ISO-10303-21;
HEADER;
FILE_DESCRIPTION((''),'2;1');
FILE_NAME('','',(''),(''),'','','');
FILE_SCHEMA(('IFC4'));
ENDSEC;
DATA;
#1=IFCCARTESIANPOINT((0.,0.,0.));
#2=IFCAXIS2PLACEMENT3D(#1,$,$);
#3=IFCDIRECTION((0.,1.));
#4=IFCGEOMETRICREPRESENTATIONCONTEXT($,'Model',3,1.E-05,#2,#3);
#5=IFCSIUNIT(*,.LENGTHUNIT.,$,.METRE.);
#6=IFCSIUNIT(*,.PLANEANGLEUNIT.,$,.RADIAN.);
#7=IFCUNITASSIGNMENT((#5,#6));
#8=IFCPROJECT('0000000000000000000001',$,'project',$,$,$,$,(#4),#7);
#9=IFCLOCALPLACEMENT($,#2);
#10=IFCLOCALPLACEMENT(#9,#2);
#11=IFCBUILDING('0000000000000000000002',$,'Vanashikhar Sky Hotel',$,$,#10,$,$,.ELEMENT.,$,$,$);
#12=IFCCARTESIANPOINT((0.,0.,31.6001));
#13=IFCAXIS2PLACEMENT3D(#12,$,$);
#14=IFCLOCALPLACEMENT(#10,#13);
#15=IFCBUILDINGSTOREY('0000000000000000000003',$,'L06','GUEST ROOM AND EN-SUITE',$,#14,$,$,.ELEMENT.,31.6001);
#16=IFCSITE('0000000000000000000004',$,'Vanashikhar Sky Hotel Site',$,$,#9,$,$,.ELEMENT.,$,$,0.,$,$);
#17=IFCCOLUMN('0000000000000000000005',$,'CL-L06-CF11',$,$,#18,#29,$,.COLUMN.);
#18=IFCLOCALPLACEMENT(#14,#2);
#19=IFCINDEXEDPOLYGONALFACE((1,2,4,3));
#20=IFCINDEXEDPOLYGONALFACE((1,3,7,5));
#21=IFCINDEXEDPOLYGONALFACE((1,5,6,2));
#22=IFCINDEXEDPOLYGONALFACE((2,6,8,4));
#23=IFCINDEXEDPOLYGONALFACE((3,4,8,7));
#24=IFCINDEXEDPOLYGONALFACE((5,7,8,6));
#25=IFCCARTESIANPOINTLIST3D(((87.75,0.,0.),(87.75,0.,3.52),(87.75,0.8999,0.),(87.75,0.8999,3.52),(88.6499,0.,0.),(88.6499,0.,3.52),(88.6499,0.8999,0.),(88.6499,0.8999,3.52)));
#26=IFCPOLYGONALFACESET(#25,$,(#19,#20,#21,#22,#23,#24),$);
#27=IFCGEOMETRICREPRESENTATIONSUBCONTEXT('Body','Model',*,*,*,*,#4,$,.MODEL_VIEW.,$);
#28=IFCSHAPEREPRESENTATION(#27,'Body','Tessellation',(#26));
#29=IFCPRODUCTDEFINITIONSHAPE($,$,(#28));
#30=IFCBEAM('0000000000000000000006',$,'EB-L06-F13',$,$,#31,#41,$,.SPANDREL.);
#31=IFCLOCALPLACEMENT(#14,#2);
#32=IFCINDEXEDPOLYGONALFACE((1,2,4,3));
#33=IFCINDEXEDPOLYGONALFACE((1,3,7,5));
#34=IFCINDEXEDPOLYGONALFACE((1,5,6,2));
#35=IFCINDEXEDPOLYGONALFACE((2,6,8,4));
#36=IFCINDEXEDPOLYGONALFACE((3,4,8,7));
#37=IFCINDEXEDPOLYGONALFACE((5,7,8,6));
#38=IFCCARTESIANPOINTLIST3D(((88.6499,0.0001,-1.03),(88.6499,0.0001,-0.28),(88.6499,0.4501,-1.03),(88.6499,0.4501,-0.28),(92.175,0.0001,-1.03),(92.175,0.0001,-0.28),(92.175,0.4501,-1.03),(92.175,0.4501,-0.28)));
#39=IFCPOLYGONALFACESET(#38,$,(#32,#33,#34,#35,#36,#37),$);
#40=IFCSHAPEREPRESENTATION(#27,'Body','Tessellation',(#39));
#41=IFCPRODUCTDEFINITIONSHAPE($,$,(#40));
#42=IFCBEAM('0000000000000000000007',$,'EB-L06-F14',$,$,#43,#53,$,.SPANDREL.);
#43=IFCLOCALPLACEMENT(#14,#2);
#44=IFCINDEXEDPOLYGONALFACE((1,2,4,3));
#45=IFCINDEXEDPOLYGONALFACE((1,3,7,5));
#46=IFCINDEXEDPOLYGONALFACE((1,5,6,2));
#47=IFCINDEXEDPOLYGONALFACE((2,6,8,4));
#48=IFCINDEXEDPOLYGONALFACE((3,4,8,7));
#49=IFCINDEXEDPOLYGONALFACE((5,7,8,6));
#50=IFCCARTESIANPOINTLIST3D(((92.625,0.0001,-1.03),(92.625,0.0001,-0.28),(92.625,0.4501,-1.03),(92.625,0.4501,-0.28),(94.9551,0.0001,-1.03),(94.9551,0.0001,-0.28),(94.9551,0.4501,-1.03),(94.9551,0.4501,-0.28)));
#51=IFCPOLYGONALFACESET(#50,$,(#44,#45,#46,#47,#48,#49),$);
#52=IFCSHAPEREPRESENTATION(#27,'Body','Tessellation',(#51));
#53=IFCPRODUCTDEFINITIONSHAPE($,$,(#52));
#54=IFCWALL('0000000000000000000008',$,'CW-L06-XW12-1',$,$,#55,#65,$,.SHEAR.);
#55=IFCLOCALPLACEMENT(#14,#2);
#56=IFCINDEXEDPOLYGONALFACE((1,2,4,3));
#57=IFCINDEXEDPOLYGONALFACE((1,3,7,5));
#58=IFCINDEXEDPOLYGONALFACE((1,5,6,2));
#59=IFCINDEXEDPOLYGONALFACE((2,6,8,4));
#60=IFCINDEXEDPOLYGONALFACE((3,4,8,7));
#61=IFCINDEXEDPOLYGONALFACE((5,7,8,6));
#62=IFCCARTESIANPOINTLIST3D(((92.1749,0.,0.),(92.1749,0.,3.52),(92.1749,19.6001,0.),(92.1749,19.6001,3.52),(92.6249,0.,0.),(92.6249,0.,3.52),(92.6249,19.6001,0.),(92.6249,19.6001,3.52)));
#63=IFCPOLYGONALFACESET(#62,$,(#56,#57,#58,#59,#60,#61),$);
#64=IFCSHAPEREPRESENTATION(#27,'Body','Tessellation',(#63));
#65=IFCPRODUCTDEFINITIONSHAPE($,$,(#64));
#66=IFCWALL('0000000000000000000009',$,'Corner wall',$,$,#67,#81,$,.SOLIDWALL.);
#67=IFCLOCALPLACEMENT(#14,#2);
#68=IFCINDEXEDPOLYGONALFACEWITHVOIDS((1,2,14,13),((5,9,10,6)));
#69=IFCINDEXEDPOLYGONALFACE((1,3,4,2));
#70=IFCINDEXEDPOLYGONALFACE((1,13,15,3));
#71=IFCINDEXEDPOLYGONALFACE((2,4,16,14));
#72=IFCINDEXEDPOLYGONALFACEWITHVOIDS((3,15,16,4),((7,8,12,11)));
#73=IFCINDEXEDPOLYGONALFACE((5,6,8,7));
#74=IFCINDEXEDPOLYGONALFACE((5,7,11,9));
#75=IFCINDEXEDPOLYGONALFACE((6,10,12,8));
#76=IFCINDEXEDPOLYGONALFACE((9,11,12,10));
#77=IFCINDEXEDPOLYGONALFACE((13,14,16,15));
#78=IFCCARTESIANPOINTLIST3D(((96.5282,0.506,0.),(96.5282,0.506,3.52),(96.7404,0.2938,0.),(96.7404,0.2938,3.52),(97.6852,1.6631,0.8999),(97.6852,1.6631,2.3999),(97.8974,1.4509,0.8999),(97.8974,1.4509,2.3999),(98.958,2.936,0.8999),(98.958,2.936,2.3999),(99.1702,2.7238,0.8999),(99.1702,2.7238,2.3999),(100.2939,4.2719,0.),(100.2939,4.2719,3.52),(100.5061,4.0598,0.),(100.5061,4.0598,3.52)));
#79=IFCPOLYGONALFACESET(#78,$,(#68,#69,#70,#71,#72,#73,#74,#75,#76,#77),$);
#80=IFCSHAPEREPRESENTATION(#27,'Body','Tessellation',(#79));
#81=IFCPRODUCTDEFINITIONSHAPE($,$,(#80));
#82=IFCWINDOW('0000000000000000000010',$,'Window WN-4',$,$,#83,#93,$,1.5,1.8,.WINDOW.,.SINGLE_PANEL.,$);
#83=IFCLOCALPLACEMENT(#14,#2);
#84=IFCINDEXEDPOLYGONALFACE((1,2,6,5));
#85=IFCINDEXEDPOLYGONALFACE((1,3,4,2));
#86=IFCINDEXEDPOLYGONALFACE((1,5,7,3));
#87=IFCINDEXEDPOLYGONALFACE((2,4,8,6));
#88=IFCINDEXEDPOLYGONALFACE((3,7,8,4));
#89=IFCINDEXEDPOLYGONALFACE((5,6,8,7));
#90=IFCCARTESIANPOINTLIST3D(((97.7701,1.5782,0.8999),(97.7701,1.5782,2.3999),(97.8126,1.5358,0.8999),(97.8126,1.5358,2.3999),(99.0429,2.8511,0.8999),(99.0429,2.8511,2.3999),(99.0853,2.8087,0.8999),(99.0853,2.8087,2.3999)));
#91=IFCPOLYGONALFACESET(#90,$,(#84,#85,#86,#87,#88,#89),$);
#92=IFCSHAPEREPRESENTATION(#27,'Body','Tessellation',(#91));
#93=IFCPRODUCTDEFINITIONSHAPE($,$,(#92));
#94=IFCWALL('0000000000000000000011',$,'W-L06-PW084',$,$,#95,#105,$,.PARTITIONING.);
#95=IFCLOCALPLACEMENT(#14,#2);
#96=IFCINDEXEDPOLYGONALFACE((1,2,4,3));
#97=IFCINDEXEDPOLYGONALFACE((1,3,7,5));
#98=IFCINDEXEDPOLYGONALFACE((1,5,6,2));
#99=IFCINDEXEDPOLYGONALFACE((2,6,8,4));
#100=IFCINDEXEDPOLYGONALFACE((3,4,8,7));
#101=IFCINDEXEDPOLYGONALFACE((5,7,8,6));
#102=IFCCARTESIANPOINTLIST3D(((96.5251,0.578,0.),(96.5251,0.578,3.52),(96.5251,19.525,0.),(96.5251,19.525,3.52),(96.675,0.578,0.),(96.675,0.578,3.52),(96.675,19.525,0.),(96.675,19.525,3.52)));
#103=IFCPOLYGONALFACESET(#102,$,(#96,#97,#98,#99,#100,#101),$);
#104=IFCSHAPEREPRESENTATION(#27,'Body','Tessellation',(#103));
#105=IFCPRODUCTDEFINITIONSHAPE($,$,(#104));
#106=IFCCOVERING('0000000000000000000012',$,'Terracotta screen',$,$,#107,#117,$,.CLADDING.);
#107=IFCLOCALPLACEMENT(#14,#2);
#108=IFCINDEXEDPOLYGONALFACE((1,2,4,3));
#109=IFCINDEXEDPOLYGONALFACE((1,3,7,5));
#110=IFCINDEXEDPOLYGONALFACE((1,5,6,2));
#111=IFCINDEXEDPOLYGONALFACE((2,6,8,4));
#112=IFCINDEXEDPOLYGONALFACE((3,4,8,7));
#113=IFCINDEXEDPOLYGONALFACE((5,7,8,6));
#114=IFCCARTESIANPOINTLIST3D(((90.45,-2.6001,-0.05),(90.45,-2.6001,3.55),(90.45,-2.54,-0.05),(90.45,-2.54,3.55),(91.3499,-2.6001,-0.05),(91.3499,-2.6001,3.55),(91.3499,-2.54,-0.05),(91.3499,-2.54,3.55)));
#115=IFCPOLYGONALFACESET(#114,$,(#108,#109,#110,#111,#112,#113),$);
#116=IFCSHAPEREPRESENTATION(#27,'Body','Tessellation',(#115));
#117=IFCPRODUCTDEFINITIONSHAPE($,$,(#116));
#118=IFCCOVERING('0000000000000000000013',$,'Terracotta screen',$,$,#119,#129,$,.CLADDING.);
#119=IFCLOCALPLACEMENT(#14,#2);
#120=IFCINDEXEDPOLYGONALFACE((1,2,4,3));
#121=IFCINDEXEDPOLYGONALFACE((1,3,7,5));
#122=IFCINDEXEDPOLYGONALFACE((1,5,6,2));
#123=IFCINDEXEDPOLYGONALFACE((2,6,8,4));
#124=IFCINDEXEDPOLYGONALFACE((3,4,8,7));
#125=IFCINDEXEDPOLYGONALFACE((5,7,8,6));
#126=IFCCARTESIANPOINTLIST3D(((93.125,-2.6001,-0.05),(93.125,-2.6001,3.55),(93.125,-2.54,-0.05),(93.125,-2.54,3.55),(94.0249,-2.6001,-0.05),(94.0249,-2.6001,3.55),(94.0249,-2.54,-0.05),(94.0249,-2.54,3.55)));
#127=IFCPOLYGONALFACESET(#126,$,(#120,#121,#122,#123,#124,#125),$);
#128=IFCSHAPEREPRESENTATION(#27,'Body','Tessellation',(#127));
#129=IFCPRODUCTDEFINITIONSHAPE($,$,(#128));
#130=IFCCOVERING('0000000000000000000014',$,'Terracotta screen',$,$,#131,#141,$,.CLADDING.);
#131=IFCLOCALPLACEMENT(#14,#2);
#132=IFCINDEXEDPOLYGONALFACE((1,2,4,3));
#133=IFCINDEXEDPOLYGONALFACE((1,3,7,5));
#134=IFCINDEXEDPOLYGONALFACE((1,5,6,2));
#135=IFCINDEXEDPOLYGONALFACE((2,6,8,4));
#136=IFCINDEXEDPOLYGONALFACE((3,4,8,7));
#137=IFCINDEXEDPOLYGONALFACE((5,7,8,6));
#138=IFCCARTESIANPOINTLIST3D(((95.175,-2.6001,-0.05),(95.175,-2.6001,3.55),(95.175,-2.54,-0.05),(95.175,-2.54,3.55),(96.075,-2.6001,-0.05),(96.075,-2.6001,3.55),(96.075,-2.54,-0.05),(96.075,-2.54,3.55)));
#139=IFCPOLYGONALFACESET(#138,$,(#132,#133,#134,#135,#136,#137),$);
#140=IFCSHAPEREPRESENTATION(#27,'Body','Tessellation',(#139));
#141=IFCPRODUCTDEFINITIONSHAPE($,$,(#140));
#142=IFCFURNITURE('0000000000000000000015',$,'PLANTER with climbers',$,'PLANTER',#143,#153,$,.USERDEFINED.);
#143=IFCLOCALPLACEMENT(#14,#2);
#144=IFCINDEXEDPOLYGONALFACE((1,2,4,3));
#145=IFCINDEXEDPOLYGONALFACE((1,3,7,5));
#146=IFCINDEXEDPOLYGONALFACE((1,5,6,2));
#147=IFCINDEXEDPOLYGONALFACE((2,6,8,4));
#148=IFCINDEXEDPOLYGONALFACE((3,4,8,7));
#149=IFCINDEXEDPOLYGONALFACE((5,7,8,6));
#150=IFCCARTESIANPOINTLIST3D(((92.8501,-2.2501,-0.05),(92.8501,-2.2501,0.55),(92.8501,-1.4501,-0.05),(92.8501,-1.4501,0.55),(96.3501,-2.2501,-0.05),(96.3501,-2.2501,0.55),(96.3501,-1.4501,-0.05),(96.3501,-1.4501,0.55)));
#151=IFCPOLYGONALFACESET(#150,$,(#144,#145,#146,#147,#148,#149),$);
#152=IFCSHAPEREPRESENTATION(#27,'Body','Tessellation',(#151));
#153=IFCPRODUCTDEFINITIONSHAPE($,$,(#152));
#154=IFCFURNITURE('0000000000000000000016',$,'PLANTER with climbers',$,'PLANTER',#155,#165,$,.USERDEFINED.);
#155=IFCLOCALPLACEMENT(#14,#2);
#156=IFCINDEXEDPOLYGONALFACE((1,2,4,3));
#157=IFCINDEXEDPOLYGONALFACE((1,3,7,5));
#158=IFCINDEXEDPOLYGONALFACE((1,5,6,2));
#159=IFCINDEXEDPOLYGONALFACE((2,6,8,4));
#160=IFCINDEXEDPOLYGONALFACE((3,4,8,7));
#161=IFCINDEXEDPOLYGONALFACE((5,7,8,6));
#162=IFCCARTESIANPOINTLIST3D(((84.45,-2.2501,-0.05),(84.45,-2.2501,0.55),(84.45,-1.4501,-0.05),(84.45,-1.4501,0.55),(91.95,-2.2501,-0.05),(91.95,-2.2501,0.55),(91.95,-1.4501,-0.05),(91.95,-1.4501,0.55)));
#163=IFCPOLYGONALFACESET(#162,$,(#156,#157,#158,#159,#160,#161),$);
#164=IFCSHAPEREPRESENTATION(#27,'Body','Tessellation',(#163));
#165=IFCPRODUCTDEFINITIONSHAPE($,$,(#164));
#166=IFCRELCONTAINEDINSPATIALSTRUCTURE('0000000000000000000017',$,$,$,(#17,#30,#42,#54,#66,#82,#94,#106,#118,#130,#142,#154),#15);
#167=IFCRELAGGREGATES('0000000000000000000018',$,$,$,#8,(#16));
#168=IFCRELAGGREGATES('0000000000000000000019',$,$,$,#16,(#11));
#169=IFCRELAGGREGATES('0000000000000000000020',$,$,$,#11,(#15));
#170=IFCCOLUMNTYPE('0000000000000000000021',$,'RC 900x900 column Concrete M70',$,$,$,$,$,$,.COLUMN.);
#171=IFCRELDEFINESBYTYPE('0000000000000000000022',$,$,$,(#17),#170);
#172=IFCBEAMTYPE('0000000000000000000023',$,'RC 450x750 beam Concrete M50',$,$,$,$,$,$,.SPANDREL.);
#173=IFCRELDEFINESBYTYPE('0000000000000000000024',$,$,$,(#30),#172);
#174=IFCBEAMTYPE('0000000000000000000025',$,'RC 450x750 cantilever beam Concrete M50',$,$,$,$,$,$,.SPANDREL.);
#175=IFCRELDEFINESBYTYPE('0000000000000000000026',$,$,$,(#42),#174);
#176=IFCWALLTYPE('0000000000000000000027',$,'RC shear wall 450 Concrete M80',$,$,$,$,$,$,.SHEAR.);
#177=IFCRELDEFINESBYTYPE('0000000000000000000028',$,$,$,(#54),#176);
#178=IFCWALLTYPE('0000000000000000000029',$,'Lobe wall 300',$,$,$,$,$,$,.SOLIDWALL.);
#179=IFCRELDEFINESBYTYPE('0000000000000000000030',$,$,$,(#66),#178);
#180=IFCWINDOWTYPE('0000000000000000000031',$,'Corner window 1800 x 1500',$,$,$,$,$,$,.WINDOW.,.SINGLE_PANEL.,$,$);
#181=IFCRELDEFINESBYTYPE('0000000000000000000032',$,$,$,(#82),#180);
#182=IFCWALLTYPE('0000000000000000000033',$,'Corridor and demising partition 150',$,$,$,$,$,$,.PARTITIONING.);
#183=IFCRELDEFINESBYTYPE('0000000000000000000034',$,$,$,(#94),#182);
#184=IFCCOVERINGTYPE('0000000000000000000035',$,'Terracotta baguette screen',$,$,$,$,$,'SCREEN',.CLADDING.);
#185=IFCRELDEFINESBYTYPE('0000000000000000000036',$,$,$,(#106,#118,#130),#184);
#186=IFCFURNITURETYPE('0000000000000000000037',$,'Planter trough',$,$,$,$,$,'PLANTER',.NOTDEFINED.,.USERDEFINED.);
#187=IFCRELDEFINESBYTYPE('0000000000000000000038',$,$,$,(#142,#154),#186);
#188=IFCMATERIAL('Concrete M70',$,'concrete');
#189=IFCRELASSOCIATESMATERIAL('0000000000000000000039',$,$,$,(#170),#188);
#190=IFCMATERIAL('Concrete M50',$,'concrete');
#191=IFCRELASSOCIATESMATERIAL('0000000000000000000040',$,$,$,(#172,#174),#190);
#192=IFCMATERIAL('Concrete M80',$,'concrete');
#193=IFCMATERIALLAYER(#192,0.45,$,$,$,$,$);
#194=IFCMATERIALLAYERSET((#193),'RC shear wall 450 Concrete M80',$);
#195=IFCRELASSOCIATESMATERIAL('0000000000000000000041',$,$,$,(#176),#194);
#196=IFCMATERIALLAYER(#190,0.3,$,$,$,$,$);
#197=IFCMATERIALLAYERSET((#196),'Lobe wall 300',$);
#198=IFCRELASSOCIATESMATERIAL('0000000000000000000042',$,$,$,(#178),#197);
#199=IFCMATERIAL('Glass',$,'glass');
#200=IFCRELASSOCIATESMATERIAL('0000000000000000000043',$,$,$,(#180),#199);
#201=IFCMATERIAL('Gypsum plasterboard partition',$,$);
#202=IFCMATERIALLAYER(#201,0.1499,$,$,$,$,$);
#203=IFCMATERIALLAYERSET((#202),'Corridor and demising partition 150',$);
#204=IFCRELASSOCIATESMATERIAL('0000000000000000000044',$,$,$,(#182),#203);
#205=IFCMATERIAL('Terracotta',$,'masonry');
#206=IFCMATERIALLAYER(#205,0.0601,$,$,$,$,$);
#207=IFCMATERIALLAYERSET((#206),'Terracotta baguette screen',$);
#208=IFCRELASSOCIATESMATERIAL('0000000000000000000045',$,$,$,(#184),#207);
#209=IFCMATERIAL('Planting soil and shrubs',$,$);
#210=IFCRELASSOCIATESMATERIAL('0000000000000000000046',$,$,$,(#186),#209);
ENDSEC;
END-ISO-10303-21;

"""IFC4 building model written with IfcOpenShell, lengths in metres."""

from ifc_helpers import new_model, si_unit, direction, frame, frame_2d, origin, origin_2d, place, context, subcontext, project, spatial, rectangle, extrude, source, transform, mapped, material, layer, layer_set, material_profile, profile_set, type_object, element, fill, save


model = new_model("IFC4")

# Units and contexts
model_context = context("Model", 3, precision=1e-05, world=origin(), true_north=direction((0.0, 1.0)))
body_context = subcontext(model_context, "Body", "Model", "MODEL_VIEW")
ifc_project = project(units=[si_unit("LENGTHUNIT", "METRE"), si_unit("PLANEANGLEUNIT", "RADIAN")], contexts=[model_context])

# Site, building, storey
site_placement = place(None, origin())
site = spatial("IfcSite", under=ifc_project, at=site_placement, Name="Vanashikhar Sky Hotel Site", CompositionType="ELEMENT", RefElevation=0.0)
building_placement = place(site_placement, origin())
building = spatial("IfcBuilding", under=site, at=building_placement, Name="Vanashikhar Sky Hotel", CompositionType="ELEMENT")
storey_placement = place(building_placement, frame((0.0, 0.0, 31.6001)))
storey = spatial("IfcBuildingStorey", under=building, at=storey_placement, Name="L06", Description="GUEST ROOM AND EN-SUITE", CompositionType="ELEMENT", Elevation=31.6001)

# Column
ifc_material_1 = material(Name="Concrete M70", Category="concrete")
ifc_material_profile_1 = material_profile(ifc_material_1, rectangle(XDim=0.8999, YDim=0.8999, at=origin_2d()))
ifc_profile_set_1 = profile_set([ifc_material_profile_1], Name="RC 900x900 column Concrete M70")
column_type = type_object("IfcColumnType", Name="RC 900x900 column Concrete M70", PredefinedType="COLUMN", material=ifc_profile_set_1)
shared_shape_1 = source(origin(), body_context, "Body", "SweptSolid", [
    extrude(rectangle(XDim=0.8999, YDim=0.8999, at=origin_2d()), origin(), (0.0, 0.0, 1.0), 3.52),
])
column_placement = place(storey_placement, frame((88.2, 0.45, 0.0), z_axis=(0.0, 0.0, 1.0), x_axis=(1.0, 0.0, 0.0)))
element("IfcColumn", 1, at=column_placement, inside=storey, type_object=column_type, Name="CL-L06-CF11", PredefinedType="COLUMN", context=body_context, shape_type="MappedRepresentation", body=[
    mapped(shared_shape_1, transform((0.0, 0.0, 0.0), scale=1.0)),
])

# Beams
ifc_material_2 = material(Name="Concrete M50", Category="concrete")
ifc_material_profile_2 = material_profile(ifc_material_2, rectangle(XDim=0.45, YDim=0.75, at=origin_2d()))
ifc_profile_set_2 = profile_set([ifc_material_profile_2], Name="RC 450x750 beam Concrete M50")
beam_type_1 = type_object("IfcBeamType", Name="RC 450x750 beam Concrete M50", PredefinedType="SPANDREL", material=ifc_profile_set_2)
shared_shape_2 = source(origin(), body_context, "Body", "SweptSolid", [
    extrude(rectangle(XDim=0.45, YDim=0.75, at=origin_2d()), origin(), (0.0, 0.0, 1.0), 3.5251),
])
beam_1_placement = place(storey_placement, frame((88.6499, 0.2251, -0.655), z_axis=(1.0, 0.0, 0.0), x_axis=(0.0, 1.0, 0.0)))
element("IfcBeam", 2, at=beam_1_placement, inside=storey, type_object=beam_type_1, Name="EB-L06-F13", PredefinedType="SPANDREL", context=body_context, shape_type="MappedRepresentation", body=[
    mapped(shared_shape_2, transform((0.0, 0.0, 0.0), scale=1.0)),
])
ifc_material_profile_3 = material_profile(ifc_material_2, rectangle(XDim=0.45, YDim=0.75, at=origin_2d()))
ifc_profile_set_3 = profile_set([ifc_material_profile_3], Name="RC 450x750 cantilever beam Concrete M50")
beam_type_2 = type_object("IfcBeamType", Name="RC 450x750 cantilever beam Concrete M50", PredefinedType="SPANDREL", material=ifc_profile_set_3)
shared_shape_3 = source(origin(), body_context, "Body", "SweptSolid", [
    extrude(rectangle(XDim=0.45, YDim=0.75, at=origin_2d()), origin(), (0.0, 0.0, 1.0), 2.3301),
])
beam_2_placement = place(storey_placement, frame((92.625, 0.2251, -0.655), z_axis=(1.0, 0.0, 0.0), x_axis=(0.0, 1.0, 0.0)))
element("IfcBeam", 3, at=beam_2_placement, inside=storey, type_object=beam_type_2, Name="EB-L06-F14", PredefinedType="SPANDREL", context=body_context, shape_type="MappedRepresentation", body=[
    mapped(shared_shape_3, transform((0.0, 0.0, 0.0), scale=1.0)),
])

# Wall
ifc_material_3 = material(Name="Concrete M80", Category="concrete")
ifc_layer_1 = layer(ifc_material_3, 0.45)
ifc_layer_set_1 = layer_set([ifc_layer_1], Name="RC shear wall 450 Concrete M80")
wall_type_1 = type_object("IfcWallType", Name="RC shear wall 450 Concrete M80", PredefinedType="SHEAR", material=ifc_layer_set_1)
shared_shape_4 = source(origin(), body_context, "Body", "SweptSolid", [
    extrude(rectangle(XDim=19.6001, YDim=0.45, at=frame_2d((9.8, 0.0))), origin(), (0.0, 0.0, 1.0), 3.52),
])
wall_1_placement = place(storey_placement, frame((92.3999, 0.0, 0.0), z_axis=(0.0, 0.0, 1.0), x_axis=(0.0, 1.0, 0.0)))
element("IfcWall", 4, at=wall_1_placement, inside=storey, type_object=wall_type_1, Name="CW-L06-XW12-1", PredefinedType="SHEAR", context=body_context, shape_type="MappedRepresentation", body=[
    mapped(shared_shape_4, transform((0.0, 0.0, 0.0), scale=1.0)),
])

# Shared definitions
ifc_material_4 = material(Name="Glass", Category="glass")

# Wall, opening, window
ifc_layer_2 = layer(ifc_material_2, 0.3)
ifc_layer_set_2 = layer_set([ifc_layer_2], Name="Lobe wall 300")
wall_type_2 = type_object("IfcWallType", Name="Lobe wall 300", PredefinedType="SOLIDWALL", material=ifc_layer_set_2)
shared_shape_5 = source(origin(), body_context, "Body", "SweptSolid", [
    extrude(rectangle(XDim=5.3257, YDim=0.3, at=frame_2d((2.6628, 0.0))), origin(), (0.0, 0.0, 1.0), 3.52),
])
wall_2_placement = place(storey_placement, frame((96.6343, 0.3999, 0.0), z_axis=(0.0, 0.0, 1.0), x_axis=(0.707084, 0.70713, 0.0)))
wall_2 = element("IfcWall", 5, at=wall_2_placement, inside=storey, type_object=wall_type_2, Name="Corner wall", PredefinedType="SOLIDWALL", context=body_context, shape_type="MappedRepresentation", body=[
    mapped(shared_shape_5, transform((0.0, 0.0, 0.0), scale=1.0)),
])
shared_shape_6 = source(origin(), body_context, "Body", "SweptSolid", [
    extrude(rectangle(XDim=1.8, YDim=1.5, at=frame_2d((0.8999, 0.75))), frame((0.0, 0.1602, 0.0), z_axis=(0.0, -1.0, 0.0), x_axis=(1.0, 0.0, 0.0)), (0.0, 0.0, 1.0), 0.3201),
])
opening_1_placement = place(wall_2_placement, frame((1.6365, 0.0, 0.8999)))
opening_1 = element("IfcOpeningElement", 6, at=opening_1_placement, cuts=wall_2, PredefinedType="OPENING", context=body_context, shape_type="MappedRepresentation", body=[
    mapped(shared_shape_6, transform((0.0, 0.0, 0.0), scale=1.0)),
])
window_type_1 = type_object("IfcWindowType", Name="Corner window 1800 x 1500", PartitioningType="SINGLE_PANEL", PredefinedType="WINDOW", material=ifc_material_4)
shared_shape_7 = source(origin(), body_context, "Body", "SweptSolid", [
    extrude(rectangle(XDim=1.8, YDim=1.5, at=frame_2d((0.8999, 0.75))), frame((0.0, 0.03, 0.0), z_axis=(0.0, -1.0, 0.0), x_axis=(1.0, 0.0, 0.0)), (0.0, 0.0, 1.0), 0.0601),
])
window_1_placement = place(opening_1_placement, origin())
window_1 = element("IfcWindow", 7, at=window_1_placement, inside=storey, type_object=window_type_1, Name="Window WN-4", OverallHeight=1.5, OverallWidth=1.8, PartitioningType="SINGLE_PANEL", PredefinedType="WINDOW", context=body_context, shape_type="MappedRepresentation", body=[
    mapped(shared_shape_7, transform((0.0, 0.0, 0.0), scale=1.0)),
])
fill(opening_1, window_1)

# Wall
ifc_material_5 = material(Name="Gypsum plasterboard partition")
ifc_layer_3 = layer(ifc_material_5, 0.1499)
ifc_layer_set_3 = layer_set([ifc_layer_3], Name="Corridor and demising partition 150")
wall_type_3 = type_object("IfcWallType", Name="Corridor and demising partition 150", PredefinedType="PARTITIONING", material=ifc_layer_set_3)
shared_shape_8 = source(origin(), body_context, "Body", "SweptSolid", [
    extrude(rectangle(XDim=18.947, YDim=0.1499, at=frame_2d((9.4736, 0.0))), origin(), (0.0, 0.0, 1.0), 3.52),
])
wall_3_placement = place(storey_placement, frame((96.6001, 0.5779, 0.0), z_axis=(0.0, 0.0, 1.0), x_axis=(0.0, 1.0, 0.0)))
element("IfcWall", 8, at=wall_3_placement, inside=storey, type_object=wall_type_3, Name="W-L06-PW084", PredefinedType="PARTITIONING", context=body_context, shape_type="MappedRepresentation", body=[
    mapped(shared_shape_8, transform((0.0, 0.0, 0.0), scale=1.0)),
])

# Coverings
ifc_material_6 = material(Name="Terracotta", Category="masonry")
ifc_layer_4 = layer(ifc_material_6, 0.0601)
ifc_layer_set_4 = layer_set([ifc_layer_4], Name="Terracotta baguette screen")
covering_type = type_object("IfcCoveringType", Name="Terracotta baguette screen", ElementType="SCREEN", PredefinedType="CLADDING", material=ifc_layer_set_4)
shared_shape_9 = source(origin(), body_context, "Body", "SweptSolid", [
    extrude(rectangle(XDim=0.8999, YDim=0.0601, at=origin_2d()), origin(), (0.0, 0.0, 1.0), 3.6001),
])
for number, where, z_axis, x_axis, name in (
    (9, (90.8999, -2.5701, -0.05), (0.0, 0.0, 1.0), (1.0, 0.0, 0.0), "Terracotta screen"),
    (10, (93.575, -2.5701, -0.05), (0.0, 0.0, 1.0), (1.0, 0.0, 0.0), "Terracotta screen"),
    (11, (95.625, -2.5701, -0.05), (0.0, 0.0, 1.0), (1.0, 0.0, 0.0), "Terracotta screen"),
):
    element("IfcCovering", number, at=place(storey_placement, frame(where, z_axis=z_axis, x_axis=x_axis)), inside=storey, type_object=covering_type, Name=name, PredefinedType="CLADDING", context=body_context, shape_type="MappedRepresentation", body=[
        mapped(shared_shape_9, transform((0.0, 0.0, 0.0), scale=1.0)),
    ])

# Furniture
ifc_material_7 = material(Name="Planting soil and shrubs")
furniture_type = type_object("IfcFurnitureType", Name="Planter trough", ElementType="PLANTER", AssemblyPlace="NOTDEFINED", PredefinedType="USERDEFINED", material=ifc_material_7)
shared_shape_10 = source(origin(), body_context, "Body", "SweptSolid", [
    extrude(rectangle(XDim=3.5, YDim=0.8, at=origin_2d()), origin(), (0.0, 0.0, 1.0), 0.6001),
])
furniture_1_placement = place(storey_placement, frame((94.6001, -1.8501, -0.05), z_axis=(0.0, 0.0, 1.0), x_axis=(1.0, 0.0, 0.0)))
element("IfcFurniture", 12, at=furniture_1_placement, inside=storey, type_object=furniture_type, Name="PLANTER with climbers", ObjectType="PLANTER", PredefinedType="USERDEFINED", context=body_context, shape_type="MappedRepresentation", body=[
    mapped(shared_shape_10, transform((0.0, 0.0, 0.0), scale=1.0)),
])
shared_shape_11 = source(origin(), body_context, "Body", "SweptSolid", [
    extrude(rectangle(XDim=7.5, YDim=0.8, at=origin_2d()), origin(), (0.0, 0.0, 1.0), 0.6001),
])
furniture_2_placement = place(storey_placement, frame((88.2, -1.8501, -0.05), z_axis=(0.0, 0.0, 1.0), x_axis=(1.0, 0.0, 0.0)))
element("IfcFurniture", 13, at=furniture_2_placement, inside=storey, type_object=furniture_type, Name="PLANTER with climbers", ObjectType="PLANTER", PredefinedType="USERDEFINED", context=body_context, shape_type="MappedRepresentation", body=[
    mapped(shared_shape_11, transform((0.0, 0.0, 0.0), scale=1.0)),
])

save(model, "model.ifc")
